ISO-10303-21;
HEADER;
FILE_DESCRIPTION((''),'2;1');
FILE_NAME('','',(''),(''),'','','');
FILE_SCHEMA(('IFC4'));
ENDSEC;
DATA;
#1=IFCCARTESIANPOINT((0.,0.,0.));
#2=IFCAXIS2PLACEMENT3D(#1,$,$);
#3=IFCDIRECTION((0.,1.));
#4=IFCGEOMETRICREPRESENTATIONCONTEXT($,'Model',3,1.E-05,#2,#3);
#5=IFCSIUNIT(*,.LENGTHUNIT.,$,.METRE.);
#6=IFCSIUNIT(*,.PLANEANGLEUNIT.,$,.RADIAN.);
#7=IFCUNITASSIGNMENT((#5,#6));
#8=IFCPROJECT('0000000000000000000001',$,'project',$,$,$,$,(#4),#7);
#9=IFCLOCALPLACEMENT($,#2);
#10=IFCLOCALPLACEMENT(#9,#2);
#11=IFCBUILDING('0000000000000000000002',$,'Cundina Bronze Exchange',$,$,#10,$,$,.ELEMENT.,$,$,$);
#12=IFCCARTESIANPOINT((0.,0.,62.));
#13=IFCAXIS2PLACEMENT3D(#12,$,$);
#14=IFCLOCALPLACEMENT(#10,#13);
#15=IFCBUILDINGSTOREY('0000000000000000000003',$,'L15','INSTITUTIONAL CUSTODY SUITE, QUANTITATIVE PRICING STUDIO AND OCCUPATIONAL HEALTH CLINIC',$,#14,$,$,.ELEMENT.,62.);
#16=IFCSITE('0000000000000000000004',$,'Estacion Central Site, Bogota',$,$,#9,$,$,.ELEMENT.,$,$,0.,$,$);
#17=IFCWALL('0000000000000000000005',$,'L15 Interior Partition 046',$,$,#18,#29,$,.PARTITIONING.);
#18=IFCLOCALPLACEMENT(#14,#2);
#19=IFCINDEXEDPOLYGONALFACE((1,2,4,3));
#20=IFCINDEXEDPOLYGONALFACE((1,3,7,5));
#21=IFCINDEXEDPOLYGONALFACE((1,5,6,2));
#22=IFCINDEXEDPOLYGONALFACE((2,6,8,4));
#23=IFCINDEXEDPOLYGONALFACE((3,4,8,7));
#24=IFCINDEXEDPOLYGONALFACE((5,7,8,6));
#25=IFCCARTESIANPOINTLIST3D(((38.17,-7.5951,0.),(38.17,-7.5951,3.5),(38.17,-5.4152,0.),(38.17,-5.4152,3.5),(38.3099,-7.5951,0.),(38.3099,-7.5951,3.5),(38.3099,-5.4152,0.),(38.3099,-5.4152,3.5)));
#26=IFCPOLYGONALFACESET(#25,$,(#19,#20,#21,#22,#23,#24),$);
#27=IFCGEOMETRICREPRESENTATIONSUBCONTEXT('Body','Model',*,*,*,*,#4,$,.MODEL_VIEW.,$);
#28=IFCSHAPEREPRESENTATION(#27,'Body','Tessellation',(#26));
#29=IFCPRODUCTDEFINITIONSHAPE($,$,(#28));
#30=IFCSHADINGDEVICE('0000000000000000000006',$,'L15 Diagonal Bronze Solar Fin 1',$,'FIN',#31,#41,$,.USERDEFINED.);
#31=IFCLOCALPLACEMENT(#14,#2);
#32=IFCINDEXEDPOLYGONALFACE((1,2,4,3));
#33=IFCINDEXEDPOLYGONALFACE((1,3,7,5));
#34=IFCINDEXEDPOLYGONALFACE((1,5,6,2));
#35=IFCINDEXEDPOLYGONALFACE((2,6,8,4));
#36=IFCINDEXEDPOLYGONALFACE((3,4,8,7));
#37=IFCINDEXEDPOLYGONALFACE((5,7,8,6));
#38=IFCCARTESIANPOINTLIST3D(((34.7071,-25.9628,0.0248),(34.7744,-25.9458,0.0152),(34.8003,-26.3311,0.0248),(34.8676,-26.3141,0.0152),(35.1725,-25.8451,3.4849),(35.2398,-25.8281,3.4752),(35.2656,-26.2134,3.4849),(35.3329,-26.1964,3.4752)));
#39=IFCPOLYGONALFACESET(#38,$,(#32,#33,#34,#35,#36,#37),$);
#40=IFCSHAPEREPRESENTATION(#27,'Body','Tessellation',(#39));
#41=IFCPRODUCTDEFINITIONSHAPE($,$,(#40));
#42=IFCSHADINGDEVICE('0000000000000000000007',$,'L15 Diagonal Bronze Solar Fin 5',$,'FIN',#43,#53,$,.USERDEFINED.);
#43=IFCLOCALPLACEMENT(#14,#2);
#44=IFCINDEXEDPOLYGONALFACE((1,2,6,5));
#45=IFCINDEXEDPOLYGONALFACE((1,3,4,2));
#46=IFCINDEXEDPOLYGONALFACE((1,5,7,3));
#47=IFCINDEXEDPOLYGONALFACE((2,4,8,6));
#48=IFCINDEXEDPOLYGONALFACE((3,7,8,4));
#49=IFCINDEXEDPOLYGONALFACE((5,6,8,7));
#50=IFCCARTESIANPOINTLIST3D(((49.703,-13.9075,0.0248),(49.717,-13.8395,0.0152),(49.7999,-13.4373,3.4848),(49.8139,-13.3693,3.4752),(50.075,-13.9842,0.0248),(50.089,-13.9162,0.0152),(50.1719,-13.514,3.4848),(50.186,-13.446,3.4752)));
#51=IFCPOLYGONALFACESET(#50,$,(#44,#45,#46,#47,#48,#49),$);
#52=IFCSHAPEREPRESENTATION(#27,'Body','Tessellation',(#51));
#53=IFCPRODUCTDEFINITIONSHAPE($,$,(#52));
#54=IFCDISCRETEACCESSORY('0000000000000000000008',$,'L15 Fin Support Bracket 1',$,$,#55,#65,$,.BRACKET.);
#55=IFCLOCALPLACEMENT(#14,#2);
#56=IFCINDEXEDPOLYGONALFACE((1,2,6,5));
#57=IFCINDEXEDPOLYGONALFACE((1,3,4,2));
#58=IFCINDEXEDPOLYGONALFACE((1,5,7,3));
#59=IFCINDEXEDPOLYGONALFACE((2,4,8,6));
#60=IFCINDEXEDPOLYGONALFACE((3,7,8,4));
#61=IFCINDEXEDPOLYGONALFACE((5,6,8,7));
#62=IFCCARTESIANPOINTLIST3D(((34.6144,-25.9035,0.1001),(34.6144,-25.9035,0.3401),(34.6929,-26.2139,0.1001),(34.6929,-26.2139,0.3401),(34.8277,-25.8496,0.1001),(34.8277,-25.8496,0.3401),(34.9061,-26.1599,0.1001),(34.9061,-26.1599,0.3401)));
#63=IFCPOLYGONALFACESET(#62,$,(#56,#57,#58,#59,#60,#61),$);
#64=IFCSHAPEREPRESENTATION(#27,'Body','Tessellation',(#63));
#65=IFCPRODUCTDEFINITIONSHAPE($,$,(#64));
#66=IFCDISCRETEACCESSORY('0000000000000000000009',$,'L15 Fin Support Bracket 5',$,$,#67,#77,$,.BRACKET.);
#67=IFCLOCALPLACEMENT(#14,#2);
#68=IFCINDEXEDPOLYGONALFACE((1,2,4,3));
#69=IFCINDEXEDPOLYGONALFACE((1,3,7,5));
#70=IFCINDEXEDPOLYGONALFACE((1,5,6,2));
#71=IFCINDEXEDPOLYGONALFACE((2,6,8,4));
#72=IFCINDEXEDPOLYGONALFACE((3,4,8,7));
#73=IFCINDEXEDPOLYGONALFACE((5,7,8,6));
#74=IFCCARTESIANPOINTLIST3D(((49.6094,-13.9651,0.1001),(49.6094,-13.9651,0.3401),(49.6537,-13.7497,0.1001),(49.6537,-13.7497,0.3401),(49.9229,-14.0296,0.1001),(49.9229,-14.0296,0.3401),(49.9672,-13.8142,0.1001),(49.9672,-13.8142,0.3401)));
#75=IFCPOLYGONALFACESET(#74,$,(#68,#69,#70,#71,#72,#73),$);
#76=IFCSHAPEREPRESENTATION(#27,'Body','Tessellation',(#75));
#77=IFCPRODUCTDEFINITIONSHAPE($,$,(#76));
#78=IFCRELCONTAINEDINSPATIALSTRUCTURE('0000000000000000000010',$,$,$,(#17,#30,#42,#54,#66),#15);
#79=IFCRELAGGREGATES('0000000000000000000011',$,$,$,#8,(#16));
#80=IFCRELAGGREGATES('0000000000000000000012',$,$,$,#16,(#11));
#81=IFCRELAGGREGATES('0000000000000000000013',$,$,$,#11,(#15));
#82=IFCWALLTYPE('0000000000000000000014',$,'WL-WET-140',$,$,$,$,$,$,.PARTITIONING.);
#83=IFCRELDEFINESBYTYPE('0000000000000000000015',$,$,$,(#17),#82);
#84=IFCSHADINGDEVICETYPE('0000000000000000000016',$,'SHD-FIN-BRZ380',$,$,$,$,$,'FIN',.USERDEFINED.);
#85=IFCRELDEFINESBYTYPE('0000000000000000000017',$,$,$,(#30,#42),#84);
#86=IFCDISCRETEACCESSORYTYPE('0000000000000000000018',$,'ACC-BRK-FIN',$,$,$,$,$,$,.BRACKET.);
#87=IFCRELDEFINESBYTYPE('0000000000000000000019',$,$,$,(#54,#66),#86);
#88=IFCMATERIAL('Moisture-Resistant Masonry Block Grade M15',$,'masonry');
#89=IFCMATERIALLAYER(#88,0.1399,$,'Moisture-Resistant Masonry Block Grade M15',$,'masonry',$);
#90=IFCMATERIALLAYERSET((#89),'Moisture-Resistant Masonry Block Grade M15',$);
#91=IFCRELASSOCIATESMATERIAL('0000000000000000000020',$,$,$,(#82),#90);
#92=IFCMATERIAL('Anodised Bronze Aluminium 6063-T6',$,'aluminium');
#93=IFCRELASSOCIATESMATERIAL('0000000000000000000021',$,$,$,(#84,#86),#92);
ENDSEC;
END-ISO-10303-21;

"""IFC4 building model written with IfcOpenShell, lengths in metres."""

from ifc_helpers import new_model, si_unit, direction, frame, frame_2d, origin, origin_2d, place, context, subcontext, project, spatial, rectangle, extrude, material, layer, layer_set, material_profile, profile_set, type_object, element, save


model = new_model("IFC4")

# Units and contexts
model_context = context("Model", 3, precision=1e-05, world=origin(), true_north=direction((0.0, 1.0)))
body_context = subcontext(model_context, "Body", "Model", "MODEL_VIEW")
ifc_project = project(units=[si_unit("LENGTHUNIT", "METRE"), si_unit("PLANEANGLEUNIT", "RADIAN")], contexts=[model_context])

# Site, building, storey
site_placement = place(None, origin())
site = spatial("IfcSite", under=ifc_project, at=site_placement, Name="Estacion Central Site, Bogota", CompositionType="ELEMENT", RefElevation=0.0)
building_placement = place(site_placement, origin())
building = spatial("IfcBuilding", under=site, at=building_placement, Name="Cundina Bronze Exchange", CompositionType="ELEMENT")
storey_placement = place(building_placement, frame((0.0, 0.0, 62.0)))
storey = spatial("IfcBuildingStorey", under=building, at=storey_placement, Name="L15", Description="INSTITUTIONAL CUSTODY SUITE, QUANTITATIVE PRICING STUDIO AND OCCUPATIONAL HEALTH CLINIC", CompositionType="ELEMENT", Elevation=62.0)

# Shared definitions
ifc_material_1 = material(Name="Anodised Bronze Aluminium 6063-T6", Category="aluminium")

# Wall
ifc_material_2 = material(Name="Moisture-Resistant Masonry Block Grade M15", Category="masonry")
ifc_layer_1 = layer(ifc_material_2, 0.1399, Name="Moisture-Resistant Masonry Block Grade M15", Category="masonry")
ifc_layer_set_1 = layer_set([ifc_layer_1], Name="Moisture-Resistant Masonry Block Grade M15")
wall_type_1 = type_object("IfcWallType", Name="WL-WET-140", PredefinedType="PARTITIONING", material=ifc_layer_set_1)
wall_1_placement = place(storey_placement, frame((38.24, -7.595, 0.0), z_axis=(0.0, 0.0, 1.0), x_axis=(0.0, 1.0, 0.0)))
element("IfcWall", 1, at=wall_1_placement, inside=storey, type_object=wall_type_1, Name="L15 Interior Partition 046", PredefinedType="PARTITIONING", context=body_context, shape_type="SweptSolid", body=[
    extrude(rectangle(XDim=2.1799, YDim=0.1399, at=frame_2d((1.0898, 0.0))), origin(), (0.0, 0.0, 1.0), 3.5),
])

# Shading devices
ifc_material_profile_1 = material_profile(ifc_material_1, rectangle(XDim=0.0701, YDim=0.3799, at=origin_2d()), Name="FIN70X380", Category="aluminium")
ifc_profile_set_1 = profile_set([ifc_material_profile_1], Name="Anodised Bronze Aluminium 6063-T6")
shading_device_type = type_object("IfcShadingDeviceType", Name="SHD-FIN-BRZ380", ElementType="FIN", PredefinedType="USERDEFINED", material=ifc_profile_set_1)
for number, where, z_axis, x_axis, name in (
    (2, (34.7874, -26.1384, 0.02), (0.133215, 0.033688, 0.990514), (-0.960285, -0.242842, 0.137408), "L15 Diagonal Bronze Solar Fin 1"),
    (3, (49.896, -13.9119, 0.02), (0.027747, 0.134612, 0.99051), (-0.199967, -0.970115, 0.137442), "L15 Diagonal Bronze Solar Fin 5"),
):
    element("IfcShadingDevice", number, at=place(storey_placement, frame(where, z_axis=z_axis, x_axis=x_axis)), inside=storey, type_object=shading_device_type, Name=name, ObjectType="FIN", PredefinedType="USERDEFINED", context=body_context, shape_type="SweptSolid", body=[
        extrude(rectangle(XDim=0.0701, YDim=0.3799, at=origin_2d()), origin(), (0.0, 0.0, 1.0), 3.4932),
    ])

# Discrete accessories
discrete_accessory_type = type_object("IfcDiscreteAccessoryType", Name="ACC-BRK-FIN", PredefinedType="BRACKET", material=ifc_material_1)
for number, where, z_axis, x_axis, name in (
    (4, (34.7603, -26.0317, 0.1001), (0.0, 0.0, 1.0), (0.969488, 0.245138, 0.0), "L15 Fin Support Bracket 1"),
    (5, (49.7883, -13.8896, 0.1001), (0.0, 0.0, 1.0), (0.20142, 0.979505, 0.0), "L15 Fin Support Bracket 5"),
):
    element("IfcDiscreteAccessory", number, at=place(storey_placement, frame(where, z_axis=z_axis, x_axis=x_axis)), inside=storey, type_object=discrete_accessory_type, Name=name, PredefinedType="BRACKET", context=body_context, shape_type="SweptSolid", body=[
        extrude(rectangle(XDim=0.22, YDim=0.3201, at=origin_2d()), origin(), (0.0, 0.0, 1.0), 0.24),
    ])

save(model, "model.ifc")
